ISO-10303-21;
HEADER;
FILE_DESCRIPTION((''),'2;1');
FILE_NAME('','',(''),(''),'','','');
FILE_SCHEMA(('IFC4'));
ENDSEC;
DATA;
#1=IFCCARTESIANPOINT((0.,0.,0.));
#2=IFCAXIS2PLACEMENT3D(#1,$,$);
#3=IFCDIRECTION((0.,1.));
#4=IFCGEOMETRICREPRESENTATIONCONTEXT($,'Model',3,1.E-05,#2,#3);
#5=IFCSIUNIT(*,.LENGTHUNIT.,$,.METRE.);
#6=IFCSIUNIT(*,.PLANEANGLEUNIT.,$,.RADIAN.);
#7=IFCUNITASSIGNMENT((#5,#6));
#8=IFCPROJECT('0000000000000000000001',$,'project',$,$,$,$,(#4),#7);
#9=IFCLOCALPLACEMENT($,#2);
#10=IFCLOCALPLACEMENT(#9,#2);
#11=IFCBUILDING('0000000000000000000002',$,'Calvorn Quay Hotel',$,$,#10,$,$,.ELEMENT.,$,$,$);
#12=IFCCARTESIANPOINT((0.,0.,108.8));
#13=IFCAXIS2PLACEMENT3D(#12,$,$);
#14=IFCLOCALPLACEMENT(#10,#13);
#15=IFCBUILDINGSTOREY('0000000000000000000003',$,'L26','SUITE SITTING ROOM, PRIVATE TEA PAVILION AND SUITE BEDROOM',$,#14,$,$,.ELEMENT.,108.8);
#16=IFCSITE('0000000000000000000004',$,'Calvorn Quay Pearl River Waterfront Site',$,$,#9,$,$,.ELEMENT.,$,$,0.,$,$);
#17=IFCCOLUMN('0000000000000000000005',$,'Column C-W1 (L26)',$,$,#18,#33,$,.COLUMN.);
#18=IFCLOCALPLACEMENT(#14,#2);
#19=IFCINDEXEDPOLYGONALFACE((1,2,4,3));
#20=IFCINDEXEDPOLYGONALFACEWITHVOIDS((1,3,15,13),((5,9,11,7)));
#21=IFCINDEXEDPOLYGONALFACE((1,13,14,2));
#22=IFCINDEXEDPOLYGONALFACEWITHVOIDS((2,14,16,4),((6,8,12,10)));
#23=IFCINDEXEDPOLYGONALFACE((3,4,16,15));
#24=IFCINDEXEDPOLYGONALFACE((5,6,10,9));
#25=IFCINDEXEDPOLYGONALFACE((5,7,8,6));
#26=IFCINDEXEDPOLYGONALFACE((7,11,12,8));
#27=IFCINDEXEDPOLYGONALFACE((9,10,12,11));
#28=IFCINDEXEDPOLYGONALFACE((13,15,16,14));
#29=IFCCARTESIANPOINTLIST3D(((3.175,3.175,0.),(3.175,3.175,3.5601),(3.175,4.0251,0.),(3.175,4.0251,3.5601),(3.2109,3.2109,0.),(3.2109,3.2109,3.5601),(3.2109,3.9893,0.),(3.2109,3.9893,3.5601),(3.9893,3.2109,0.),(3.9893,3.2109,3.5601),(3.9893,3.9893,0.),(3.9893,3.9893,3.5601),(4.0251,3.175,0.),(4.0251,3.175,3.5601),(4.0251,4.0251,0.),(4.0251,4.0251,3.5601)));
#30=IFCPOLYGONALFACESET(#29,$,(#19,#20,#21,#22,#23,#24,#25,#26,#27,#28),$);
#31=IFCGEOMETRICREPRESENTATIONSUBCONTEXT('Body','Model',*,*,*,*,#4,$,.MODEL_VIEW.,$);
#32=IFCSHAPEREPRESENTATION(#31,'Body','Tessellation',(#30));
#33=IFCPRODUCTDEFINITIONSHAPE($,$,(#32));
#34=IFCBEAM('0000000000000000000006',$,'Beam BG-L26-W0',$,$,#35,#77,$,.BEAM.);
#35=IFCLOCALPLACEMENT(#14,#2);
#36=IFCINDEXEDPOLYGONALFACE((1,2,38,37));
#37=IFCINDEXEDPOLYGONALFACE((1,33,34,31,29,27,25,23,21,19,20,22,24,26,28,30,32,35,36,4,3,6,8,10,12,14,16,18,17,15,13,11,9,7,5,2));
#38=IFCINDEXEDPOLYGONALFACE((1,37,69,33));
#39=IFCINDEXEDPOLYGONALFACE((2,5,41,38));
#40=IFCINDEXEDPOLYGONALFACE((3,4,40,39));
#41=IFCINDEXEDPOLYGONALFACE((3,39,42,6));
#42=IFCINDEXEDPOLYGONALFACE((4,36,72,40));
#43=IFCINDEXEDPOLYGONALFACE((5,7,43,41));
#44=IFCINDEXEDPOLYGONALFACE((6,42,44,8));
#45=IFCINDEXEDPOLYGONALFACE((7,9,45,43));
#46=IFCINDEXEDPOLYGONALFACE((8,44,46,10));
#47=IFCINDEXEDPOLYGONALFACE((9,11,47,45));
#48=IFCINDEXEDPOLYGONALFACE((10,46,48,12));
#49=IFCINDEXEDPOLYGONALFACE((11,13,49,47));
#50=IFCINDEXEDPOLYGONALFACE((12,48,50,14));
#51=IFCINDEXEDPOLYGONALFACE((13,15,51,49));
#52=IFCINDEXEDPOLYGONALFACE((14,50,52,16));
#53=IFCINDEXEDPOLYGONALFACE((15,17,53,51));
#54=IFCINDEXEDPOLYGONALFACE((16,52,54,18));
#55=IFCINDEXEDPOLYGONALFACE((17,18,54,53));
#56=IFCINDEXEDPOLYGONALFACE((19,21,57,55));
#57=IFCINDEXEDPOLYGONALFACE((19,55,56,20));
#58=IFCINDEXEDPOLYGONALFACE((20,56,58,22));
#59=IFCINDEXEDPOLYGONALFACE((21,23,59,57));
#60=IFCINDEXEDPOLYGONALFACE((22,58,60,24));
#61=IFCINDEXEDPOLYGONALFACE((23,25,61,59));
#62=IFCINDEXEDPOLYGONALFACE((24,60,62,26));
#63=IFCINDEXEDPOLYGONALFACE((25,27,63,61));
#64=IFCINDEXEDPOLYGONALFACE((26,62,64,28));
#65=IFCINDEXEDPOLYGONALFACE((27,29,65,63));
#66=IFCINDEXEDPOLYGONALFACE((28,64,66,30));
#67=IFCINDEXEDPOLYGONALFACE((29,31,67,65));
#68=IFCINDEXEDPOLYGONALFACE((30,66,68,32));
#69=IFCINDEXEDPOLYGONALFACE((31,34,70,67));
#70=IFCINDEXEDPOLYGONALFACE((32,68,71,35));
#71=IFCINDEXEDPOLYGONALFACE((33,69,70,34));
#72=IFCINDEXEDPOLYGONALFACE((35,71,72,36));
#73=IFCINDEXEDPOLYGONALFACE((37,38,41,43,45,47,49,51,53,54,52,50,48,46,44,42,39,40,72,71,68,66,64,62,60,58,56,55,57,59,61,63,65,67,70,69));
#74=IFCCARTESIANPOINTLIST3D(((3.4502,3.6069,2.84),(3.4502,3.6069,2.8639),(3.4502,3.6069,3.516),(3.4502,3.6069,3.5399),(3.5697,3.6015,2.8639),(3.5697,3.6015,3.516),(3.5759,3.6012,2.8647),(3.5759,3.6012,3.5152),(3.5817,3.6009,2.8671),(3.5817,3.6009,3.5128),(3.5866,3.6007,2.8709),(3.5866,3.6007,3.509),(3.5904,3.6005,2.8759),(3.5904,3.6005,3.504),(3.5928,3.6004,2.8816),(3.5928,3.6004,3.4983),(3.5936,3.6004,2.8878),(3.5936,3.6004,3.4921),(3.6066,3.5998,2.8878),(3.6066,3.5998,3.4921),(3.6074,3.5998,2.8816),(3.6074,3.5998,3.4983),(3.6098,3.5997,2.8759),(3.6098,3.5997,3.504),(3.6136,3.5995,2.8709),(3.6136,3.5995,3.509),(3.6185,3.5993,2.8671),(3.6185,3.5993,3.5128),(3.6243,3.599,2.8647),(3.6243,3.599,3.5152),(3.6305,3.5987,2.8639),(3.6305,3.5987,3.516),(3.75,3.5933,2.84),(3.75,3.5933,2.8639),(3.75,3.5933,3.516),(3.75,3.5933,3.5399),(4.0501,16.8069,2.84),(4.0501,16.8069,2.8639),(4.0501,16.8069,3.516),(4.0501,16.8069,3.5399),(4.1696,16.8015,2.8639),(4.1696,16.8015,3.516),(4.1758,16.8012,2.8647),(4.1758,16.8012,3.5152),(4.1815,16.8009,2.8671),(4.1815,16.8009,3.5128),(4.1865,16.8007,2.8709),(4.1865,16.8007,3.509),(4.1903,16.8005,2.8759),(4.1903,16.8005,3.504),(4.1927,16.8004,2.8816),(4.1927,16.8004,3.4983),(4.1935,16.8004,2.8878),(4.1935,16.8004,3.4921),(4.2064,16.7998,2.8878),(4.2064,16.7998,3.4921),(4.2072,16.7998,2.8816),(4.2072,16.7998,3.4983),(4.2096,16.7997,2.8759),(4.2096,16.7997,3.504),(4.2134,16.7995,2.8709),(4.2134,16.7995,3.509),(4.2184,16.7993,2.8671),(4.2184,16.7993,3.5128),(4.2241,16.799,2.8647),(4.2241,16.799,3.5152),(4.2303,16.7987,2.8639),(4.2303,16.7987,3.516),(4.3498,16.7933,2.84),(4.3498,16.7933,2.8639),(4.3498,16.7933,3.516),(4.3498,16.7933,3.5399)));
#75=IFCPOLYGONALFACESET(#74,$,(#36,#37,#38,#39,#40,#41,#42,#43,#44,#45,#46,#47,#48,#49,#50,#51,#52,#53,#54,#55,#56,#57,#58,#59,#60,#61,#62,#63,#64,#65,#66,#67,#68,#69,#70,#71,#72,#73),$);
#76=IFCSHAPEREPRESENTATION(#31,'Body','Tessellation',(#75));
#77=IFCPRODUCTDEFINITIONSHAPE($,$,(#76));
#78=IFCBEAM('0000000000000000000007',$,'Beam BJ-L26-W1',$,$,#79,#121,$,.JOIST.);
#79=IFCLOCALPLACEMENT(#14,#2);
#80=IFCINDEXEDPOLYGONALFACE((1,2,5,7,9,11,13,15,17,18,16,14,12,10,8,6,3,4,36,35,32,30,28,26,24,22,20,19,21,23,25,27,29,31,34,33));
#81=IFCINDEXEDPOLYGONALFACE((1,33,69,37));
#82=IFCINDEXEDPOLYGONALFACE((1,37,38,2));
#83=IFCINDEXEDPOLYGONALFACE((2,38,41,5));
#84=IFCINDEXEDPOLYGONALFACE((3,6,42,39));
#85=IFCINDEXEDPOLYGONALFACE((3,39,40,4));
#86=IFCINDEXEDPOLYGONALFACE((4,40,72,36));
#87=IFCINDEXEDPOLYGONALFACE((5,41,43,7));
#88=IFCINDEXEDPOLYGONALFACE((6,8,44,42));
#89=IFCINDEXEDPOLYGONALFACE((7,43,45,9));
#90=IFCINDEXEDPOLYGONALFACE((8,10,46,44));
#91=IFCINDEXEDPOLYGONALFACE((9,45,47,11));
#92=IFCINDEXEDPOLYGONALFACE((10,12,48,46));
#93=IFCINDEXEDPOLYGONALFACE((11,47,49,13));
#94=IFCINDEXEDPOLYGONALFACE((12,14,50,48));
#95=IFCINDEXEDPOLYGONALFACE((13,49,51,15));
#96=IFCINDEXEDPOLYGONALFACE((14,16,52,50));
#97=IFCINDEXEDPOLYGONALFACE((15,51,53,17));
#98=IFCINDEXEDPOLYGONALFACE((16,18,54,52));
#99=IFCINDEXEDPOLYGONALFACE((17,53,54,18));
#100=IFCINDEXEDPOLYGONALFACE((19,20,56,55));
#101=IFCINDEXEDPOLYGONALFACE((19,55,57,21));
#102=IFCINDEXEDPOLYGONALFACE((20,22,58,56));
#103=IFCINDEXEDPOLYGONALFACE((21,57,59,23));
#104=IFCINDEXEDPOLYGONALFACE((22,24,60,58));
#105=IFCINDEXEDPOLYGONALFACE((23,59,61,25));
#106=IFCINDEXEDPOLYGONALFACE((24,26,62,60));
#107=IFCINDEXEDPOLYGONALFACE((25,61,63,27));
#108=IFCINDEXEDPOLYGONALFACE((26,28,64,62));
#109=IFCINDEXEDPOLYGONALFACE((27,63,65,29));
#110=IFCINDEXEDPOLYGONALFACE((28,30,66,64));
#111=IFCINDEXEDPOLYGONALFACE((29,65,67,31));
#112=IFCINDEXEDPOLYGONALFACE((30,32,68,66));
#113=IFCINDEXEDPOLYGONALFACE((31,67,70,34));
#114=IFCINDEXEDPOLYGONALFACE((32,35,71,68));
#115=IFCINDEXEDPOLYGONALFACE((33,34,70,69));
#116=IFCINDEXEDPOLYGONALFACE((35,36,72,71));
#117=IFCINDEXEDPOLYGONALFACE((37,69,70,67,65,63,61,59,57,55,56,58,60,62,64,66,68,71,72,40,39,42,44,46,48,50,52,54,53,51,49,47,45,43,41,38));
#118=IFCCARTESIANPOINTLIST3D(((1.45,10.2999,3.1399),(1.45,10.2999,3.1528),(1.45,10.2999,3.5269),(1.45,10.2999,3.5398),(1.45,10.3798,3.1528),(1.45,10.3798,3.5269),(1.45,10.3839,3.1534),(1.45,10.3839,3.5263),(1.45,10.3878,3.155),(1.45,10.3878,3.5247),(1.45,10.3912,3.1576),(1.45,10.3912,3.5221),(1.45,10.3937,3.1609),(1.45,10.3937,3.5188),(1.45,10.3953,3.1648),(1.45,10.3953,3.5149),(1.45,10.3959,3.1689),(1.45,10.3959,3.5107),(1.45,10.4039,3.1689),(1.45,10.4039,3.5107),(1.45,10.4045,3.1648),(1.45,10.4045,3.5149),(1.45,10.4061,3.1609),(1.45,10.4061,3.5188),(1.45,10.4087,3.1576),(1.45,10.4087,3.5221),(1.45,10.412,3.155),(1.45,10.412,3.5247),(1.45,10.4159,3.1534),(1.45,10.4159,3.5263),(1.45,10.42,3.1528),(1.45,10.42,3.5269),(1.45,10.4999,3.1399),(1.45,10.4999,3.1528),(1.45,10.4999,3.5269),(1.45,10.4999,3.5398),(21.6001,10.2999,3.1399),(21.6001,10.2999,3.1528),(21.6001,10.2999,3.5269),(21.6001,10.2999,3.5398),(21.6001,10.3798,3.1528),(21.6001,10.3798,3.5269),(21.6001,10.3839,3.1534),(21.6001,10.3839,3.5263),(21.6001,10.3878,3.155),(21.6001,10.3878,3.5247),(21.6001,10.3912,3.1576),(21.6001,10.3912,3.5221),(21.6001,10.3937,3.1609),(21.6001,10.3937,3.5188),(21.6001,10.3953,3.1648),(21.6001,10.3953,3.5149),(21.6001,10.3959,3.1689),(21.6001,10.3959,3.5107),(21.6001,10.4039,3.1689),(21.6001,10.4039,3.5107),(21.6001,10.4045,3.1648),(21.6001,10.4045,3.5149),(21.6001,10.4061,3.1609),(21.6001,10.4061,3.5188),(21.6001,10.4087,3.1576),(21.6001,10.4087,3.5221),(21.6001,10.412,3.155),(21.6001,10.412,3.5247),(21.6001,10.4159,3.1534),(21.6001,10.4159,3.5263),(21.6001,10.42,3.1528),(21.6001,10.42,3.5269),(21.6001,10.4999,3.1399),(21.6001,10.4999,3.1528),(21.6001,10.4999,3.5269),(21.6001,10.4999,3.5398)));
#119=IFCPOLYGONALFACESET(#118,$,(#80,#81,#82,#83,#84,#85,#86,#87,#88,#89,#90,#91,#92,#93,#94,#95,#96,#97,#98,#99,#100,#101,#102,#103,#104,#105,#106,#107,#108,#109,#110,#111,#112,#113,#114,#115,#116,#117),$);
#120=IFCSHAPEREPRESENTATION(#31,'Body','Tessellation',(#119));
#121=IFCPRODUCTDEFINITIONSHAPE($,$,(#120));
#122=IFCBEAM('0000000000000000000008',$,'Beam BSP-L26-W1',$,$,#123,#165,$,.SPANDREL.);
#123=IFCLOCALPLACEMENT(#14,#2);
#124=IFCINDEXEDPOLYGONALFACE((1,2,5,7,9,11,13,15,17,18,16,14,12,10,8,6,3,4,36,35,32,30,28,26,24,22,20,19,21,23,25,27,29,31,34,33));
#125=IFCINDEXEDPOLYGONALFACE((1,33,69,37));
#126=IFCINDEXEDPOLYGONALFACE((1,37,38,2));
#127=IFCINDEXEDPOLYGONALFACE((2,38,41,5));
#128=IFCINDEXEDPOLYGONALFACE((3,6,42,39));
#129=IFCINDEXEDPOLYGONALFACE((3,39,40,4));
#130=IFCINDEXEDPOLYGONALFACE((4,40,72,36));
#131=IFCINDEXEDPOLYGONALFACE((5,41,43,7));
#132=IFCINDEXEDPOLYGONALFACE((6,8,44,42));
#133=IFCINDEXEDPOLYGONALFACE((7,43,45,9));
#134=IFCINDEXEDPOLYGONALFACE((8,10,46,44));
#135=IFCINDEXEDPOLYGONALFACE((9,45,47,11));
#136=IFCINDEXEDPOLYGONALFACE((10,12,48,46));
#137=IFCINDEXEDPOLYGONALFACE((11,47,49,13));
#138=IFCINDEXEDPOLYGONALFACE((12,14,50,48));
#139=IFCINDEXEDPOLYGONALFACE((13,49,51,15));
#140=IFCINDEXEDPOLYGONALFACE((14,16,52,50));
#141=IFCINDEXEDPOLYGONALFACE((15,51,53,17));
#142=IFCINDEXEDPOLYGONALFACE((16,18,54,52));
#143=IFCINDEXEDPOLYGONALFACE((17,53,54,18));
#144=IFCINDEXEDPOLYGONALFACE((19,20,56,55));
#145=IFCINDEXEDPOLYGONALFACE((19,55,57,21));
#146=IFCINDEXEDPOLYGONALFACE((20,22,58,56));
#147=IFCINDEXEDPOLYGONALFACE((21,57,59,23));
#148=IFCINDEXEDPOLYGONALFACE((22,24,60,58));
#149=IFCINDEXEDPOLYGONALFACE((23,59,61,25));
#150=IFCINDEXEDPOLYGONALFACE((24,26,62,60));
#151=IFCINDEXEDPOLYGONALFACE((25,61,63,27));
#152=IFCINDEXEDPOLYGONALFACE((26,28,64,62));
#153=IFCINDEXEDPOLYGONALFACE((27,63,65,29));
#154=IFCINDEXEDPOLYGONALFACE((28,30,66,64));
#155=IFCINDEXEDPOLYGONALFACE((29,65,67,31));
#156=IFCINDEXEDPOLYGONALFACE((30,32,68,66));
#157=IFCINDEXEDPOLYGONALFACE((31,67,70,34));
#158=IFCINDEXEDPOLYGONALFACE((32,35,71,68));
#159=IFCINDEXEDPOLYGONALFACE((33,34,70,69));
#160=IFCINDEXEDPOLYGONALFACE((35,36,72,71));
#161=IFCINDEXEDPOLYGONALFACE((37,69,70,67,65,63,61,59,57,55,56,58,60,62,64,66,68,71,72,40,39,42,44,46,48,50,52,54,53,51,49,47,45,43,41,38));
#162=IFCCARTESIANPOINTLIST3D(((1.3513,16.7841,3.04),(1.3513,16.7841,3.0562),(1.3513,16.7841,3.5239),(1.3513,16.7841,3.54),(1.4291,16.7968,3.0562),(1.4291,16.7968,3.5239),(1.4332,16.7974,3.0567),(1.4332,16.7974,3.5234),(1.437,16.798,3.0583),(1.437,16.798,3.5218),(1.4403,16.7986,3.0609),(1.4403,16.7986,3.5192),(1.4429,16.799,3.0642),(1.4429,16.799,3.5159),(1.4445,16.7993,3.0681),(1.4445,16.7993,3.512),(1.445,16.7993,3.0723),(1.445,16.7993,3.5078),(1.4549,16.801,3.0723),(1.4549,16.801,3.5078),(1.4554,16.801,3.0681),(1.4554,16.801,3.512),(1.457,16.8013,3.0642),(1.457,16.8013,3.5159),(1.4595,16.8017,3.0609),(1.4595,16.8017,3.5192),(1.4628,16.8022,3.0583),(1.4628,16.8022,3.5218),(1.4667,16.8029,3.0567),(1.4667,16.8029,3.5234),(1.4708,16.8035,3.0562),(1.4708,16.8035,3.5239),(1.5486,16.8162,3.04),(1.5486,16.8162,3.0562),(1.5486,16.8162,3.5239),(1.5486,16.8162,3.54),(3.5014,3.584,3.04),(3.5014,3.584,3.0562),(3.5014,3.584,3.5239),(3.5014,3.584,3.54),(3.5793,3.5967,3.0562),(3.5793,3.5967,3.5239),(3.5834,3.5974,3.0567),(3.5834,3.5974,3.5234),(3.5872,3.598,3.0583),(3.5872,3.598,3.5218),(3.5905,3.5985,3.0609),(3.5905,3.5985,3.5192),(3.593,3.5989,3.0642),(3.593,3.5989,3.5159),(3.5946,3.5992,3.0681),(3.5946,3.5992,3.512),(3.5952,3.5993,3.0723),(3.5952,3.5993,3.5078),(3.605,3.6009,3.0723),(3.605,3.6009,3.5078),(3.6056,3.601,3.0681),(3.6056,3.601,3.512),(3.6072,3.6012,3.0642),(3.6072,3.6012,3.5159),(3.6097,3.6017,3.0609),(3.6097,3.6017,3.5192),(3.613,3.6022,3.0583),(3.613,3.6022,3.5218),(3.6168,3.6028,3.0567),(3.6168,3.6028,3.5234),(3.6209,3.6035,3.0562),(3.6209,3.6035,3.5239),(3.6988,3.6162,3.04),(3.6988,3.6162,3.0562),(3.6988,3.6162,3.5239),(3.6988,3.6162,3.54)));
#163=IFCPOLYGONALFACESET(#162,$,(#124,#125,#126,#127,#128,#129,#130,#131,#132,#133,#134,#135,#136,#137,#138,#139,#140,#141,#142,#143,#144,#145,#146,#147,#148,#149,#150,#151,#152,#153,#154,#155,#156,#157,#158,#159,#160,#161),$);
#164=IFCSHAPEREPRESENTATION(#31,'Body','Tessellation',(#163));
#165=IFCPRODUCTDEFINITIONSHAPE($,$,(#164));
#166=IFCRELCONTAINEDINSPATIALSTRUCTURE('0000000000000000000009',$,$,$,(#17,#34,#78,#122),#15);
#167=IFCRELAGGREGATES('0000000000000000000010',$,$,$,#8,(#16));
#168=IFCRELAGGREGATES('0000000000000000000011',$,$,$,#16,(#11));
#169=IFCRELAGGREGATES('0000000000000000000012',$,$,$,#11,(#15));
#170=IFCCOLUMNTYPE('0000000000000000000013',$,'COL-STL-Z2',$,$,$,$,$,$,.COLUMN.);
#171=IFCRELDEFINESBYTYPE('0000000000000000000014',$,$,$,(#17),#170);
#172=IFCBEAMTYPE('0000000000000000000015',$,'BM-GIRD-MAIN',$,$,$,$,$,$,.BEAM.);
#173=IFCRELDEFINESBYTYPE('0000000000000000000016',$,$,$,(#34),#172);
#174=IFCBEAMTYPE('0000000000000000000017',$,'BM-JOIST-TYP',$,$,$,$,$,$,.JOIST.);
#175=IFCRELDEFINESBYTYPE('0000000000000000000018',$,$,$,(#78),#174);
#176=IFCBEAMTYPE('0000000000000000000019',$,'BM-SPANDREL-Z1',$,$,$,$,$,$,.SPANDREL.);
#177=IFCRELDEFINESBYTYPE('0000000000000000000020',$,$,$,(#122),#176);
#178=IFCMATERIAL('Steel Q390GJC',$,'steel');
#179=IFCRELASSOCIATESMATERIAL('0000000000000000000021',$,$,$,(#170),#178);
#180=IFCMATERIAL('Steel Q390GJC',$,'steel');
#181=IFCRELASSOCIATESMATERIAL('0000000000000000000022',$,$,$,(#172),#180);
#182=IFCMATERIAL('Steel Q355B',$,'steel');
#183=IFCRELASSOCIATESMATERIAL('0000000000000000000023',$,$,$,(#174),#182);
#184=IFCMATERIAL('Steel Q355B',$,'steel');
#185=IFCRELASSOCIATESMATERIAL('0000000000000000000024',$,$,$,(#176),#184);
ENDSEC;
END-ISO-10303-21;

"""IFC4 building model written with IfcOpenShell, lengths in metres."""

from ifc_helpers import new_model, si_unit, direction, frame, origin, origin_2d, place, context, subcontext, project, spatial, hollow_rectangle, i_section, extrude, material, material_profile, profile_set, type_object, element, save


model = new_model("IFC4")

# Units and contexts
model_context = context("Model", 3, precision=1e-05, world=origin(), true_north=direction((0.0, 1.0)))
body_context = subcontext(model_context, "Body", "Model", "MODEL_VIEW")
ifc_project = project(units=[si_unit("LENGTHUNIT", "METRE"), si_unit("PLANEANGLEUNIT", "RADIAN")], contexts=[model_context])

# Site, building, storey
site_placement = place(None, origin())
site = spatial("IfcSite", under=ifc_project, at=site_placement, Name="Calvorn Quay Pearl River Waterfront Site", CompositionType="ELEMENT", RefElevation=0.0)
building_placement = place(site_placement, origin())
building = spatial("IfcBuilding", under=site, at=building_placement, Name="Calvorn Quay Hotel", CompositionType="ELEMENT")
storey_placement = place(building_placement, frame((0.0, 0.0, 108.8)))
storey = spatial("IfcBuildingStorey", under=building, at=storey_placement, Name="L26", Description="SUITE SITTING ROOM, PRIVATE TEA PAVILION AND SUITE BEDROOM", CompositionType="ELEMENT", Elevation=108.8)

# Column
ifc_material_1 = material(Name="Steel Q390GJC", Category="steel")
ifc_material_profile_1 = material_profile(ifc_material_1, hollow_rectangle(XDim=0.8501, YDim=0.8501, WallThickness=0.0359, at=origin_2d()), Name="BOX850x850x36")
ifc_profile_set_1 = profile_set([ifc_material_profile_1], Name="Steel Q390GJC")
column_type = type_object("IfcColumnType", Name="COL-STL-Z2", PredefinedType="COLUMN", material=ifc_profile_set_1)
column_placement = place(storey_placement, frame((3.6001, 3.6001, 0.0), z_axis=(0.0, 0.0, 1.0), x_axis=(1.0, 0.0, 0.0)))
element("IfcColumn", 1, at=column_placement, inside=storey, type_object=column_type, Name="Column C-W1 (L26)", PredefinedType="COLUMN", context=body_context, shape_type="SweptSolid", body=[
    extrude(hollow_rectangle(XDim=0.8501, YDim=0.8501, WallThickness=0.0359, at=origin_2d()), origin(), (0.0, 0.0, 1.0), 3.5601),
])

# Beams
ifc_material_2 = material(Name="Steel Q390GJC", Category="steel")
ifc_material_profile_2 = material_profile(ifc_material_2, i_section(OverallWidth=0.3, OverallDepth=0.7, WebThickness=0.0129, FlangeThickness=0.0239, FilletRadius=0.0239, at=origin_2d()), Name="HN700x300x13x24")
ifc_profile_set_2 = profile_set([ifc_material_profile_2], Name="Steel Q390GJC")
beam_type_1 = type_object("IfcBeamType", Name="BM-GIRD-MAIN", PredefinedType="BEAM", material=ifc_profile_set_2)
beam_1_placement = place(storey_placement, frame((3.6001, 3.6001, 3.1899), z_axis=(0.045397, 0.998969, 0.0), x_axis=(-0.998969, 0.045397, 0.0)))
element("IfcBeam", 2, at=beam_1_placement, inside=storey, type_object=beam_type_1, Name="Beam BG-L26-W0", PredefinedType="BEAM", context=body_context, shape_type="SweptSolid", body=[
    extrude(i_section(OverallWidth=0.3, OverallDepth=0.7, WebThickness=0.0129, FlangeThickness=0.0239, FilletRadius=0.0239, at=origin_2d()), origin(), (0.0, 0.0, 1.0), 13.2136),
])
ifc_material_3 = material(Name="Steel Q355B", Category="steel")
ifc_material_profile_3 = material_profile(ifc_material_3, i_section(OverallWidth=0.2, OverallDepth=0.3999, WebThickness=0.0081, FlangeThickness=0.0129, FilletRadius=0.0161, at=origin_2d()), Name="HN400x200x8x13")
ifc_profile_set_3 = profile_set([ifc_material_profile_3], Name="Steel Q355B")
beam_type_2 = type_object("IfcBeamType", Name="BM-JOIST-TYP", PredefinedType="JOIST", material=ifc_profile_set_3)
beam_2_placement = place(storey_placement, frame((1.45, 10.3999, 3.3398), z_axis=(1.0, 0.0, 0.0), x_axis=(0.0, 1.0, 0.0)))
element("IfcBeam", 3, at=beam_2_placement, inside=storey, type_object=beam_type_2, Name="Beam BJ-L26-W1", PredefinedType="JOIST", context=body_context, shape_type="SweptSolid", body=[
    extrude(i_section(OverallWidth=0.2, OverallDepth=0.3999, WebThickness=0.0081, FlangeThickness=0.0129, FilletRadius=0.0161, at=origin_2d()), origin(), (0.0, 0.0, 1.0), 20.1501),
])
ifc_material_4 = material(Name="Steel Q355B", Category="steel")
ifc_material_profile_4 = material_profile(ifc_material_4, i_section(OverallWidth=0.2, OverallDepth=0.5, WebThickness=0.01, FlangeThickness=0.0161, FilletRadius=0.0161, at=origin_2d()), Name="HN500x200x10x16")
ifc_profile_set_4 = profile_set([ifc_material_profile_4], Name="Steel Q355B")
beam_type_3 = type_object("IfcBeamType", Name="BM-SPANDREL-Z1", PredefinedType="SPANDREL", material=ifc_profile_set_4)
beam_3_placement = place(storey_placement, frame((3.6001, 3.6001, 3.29), z_axis=(-0.160772, 0.986992, 0.0), x_axis=(-0.986992, -0.160772, 0.0)))
element("IfcBeam", 4, at=beam_3_placement, inside=storey, type_object=beam_type_3, Name="Beam BSP-L26-W1", PredefinedType="SPANDREL", context=body_context, shape_type="SweptSolid", body=[
    extrude(i_section(OverallWidth=0.2, OverallDepth=0.5, WebThickness=0.01, FlangeThickness=0.0161, FilletRadius=0.0161, at=origin_2d()), origin(), (0.0, 0.0, 1.0), 13.374),
])

save(model, "model.ifc")
